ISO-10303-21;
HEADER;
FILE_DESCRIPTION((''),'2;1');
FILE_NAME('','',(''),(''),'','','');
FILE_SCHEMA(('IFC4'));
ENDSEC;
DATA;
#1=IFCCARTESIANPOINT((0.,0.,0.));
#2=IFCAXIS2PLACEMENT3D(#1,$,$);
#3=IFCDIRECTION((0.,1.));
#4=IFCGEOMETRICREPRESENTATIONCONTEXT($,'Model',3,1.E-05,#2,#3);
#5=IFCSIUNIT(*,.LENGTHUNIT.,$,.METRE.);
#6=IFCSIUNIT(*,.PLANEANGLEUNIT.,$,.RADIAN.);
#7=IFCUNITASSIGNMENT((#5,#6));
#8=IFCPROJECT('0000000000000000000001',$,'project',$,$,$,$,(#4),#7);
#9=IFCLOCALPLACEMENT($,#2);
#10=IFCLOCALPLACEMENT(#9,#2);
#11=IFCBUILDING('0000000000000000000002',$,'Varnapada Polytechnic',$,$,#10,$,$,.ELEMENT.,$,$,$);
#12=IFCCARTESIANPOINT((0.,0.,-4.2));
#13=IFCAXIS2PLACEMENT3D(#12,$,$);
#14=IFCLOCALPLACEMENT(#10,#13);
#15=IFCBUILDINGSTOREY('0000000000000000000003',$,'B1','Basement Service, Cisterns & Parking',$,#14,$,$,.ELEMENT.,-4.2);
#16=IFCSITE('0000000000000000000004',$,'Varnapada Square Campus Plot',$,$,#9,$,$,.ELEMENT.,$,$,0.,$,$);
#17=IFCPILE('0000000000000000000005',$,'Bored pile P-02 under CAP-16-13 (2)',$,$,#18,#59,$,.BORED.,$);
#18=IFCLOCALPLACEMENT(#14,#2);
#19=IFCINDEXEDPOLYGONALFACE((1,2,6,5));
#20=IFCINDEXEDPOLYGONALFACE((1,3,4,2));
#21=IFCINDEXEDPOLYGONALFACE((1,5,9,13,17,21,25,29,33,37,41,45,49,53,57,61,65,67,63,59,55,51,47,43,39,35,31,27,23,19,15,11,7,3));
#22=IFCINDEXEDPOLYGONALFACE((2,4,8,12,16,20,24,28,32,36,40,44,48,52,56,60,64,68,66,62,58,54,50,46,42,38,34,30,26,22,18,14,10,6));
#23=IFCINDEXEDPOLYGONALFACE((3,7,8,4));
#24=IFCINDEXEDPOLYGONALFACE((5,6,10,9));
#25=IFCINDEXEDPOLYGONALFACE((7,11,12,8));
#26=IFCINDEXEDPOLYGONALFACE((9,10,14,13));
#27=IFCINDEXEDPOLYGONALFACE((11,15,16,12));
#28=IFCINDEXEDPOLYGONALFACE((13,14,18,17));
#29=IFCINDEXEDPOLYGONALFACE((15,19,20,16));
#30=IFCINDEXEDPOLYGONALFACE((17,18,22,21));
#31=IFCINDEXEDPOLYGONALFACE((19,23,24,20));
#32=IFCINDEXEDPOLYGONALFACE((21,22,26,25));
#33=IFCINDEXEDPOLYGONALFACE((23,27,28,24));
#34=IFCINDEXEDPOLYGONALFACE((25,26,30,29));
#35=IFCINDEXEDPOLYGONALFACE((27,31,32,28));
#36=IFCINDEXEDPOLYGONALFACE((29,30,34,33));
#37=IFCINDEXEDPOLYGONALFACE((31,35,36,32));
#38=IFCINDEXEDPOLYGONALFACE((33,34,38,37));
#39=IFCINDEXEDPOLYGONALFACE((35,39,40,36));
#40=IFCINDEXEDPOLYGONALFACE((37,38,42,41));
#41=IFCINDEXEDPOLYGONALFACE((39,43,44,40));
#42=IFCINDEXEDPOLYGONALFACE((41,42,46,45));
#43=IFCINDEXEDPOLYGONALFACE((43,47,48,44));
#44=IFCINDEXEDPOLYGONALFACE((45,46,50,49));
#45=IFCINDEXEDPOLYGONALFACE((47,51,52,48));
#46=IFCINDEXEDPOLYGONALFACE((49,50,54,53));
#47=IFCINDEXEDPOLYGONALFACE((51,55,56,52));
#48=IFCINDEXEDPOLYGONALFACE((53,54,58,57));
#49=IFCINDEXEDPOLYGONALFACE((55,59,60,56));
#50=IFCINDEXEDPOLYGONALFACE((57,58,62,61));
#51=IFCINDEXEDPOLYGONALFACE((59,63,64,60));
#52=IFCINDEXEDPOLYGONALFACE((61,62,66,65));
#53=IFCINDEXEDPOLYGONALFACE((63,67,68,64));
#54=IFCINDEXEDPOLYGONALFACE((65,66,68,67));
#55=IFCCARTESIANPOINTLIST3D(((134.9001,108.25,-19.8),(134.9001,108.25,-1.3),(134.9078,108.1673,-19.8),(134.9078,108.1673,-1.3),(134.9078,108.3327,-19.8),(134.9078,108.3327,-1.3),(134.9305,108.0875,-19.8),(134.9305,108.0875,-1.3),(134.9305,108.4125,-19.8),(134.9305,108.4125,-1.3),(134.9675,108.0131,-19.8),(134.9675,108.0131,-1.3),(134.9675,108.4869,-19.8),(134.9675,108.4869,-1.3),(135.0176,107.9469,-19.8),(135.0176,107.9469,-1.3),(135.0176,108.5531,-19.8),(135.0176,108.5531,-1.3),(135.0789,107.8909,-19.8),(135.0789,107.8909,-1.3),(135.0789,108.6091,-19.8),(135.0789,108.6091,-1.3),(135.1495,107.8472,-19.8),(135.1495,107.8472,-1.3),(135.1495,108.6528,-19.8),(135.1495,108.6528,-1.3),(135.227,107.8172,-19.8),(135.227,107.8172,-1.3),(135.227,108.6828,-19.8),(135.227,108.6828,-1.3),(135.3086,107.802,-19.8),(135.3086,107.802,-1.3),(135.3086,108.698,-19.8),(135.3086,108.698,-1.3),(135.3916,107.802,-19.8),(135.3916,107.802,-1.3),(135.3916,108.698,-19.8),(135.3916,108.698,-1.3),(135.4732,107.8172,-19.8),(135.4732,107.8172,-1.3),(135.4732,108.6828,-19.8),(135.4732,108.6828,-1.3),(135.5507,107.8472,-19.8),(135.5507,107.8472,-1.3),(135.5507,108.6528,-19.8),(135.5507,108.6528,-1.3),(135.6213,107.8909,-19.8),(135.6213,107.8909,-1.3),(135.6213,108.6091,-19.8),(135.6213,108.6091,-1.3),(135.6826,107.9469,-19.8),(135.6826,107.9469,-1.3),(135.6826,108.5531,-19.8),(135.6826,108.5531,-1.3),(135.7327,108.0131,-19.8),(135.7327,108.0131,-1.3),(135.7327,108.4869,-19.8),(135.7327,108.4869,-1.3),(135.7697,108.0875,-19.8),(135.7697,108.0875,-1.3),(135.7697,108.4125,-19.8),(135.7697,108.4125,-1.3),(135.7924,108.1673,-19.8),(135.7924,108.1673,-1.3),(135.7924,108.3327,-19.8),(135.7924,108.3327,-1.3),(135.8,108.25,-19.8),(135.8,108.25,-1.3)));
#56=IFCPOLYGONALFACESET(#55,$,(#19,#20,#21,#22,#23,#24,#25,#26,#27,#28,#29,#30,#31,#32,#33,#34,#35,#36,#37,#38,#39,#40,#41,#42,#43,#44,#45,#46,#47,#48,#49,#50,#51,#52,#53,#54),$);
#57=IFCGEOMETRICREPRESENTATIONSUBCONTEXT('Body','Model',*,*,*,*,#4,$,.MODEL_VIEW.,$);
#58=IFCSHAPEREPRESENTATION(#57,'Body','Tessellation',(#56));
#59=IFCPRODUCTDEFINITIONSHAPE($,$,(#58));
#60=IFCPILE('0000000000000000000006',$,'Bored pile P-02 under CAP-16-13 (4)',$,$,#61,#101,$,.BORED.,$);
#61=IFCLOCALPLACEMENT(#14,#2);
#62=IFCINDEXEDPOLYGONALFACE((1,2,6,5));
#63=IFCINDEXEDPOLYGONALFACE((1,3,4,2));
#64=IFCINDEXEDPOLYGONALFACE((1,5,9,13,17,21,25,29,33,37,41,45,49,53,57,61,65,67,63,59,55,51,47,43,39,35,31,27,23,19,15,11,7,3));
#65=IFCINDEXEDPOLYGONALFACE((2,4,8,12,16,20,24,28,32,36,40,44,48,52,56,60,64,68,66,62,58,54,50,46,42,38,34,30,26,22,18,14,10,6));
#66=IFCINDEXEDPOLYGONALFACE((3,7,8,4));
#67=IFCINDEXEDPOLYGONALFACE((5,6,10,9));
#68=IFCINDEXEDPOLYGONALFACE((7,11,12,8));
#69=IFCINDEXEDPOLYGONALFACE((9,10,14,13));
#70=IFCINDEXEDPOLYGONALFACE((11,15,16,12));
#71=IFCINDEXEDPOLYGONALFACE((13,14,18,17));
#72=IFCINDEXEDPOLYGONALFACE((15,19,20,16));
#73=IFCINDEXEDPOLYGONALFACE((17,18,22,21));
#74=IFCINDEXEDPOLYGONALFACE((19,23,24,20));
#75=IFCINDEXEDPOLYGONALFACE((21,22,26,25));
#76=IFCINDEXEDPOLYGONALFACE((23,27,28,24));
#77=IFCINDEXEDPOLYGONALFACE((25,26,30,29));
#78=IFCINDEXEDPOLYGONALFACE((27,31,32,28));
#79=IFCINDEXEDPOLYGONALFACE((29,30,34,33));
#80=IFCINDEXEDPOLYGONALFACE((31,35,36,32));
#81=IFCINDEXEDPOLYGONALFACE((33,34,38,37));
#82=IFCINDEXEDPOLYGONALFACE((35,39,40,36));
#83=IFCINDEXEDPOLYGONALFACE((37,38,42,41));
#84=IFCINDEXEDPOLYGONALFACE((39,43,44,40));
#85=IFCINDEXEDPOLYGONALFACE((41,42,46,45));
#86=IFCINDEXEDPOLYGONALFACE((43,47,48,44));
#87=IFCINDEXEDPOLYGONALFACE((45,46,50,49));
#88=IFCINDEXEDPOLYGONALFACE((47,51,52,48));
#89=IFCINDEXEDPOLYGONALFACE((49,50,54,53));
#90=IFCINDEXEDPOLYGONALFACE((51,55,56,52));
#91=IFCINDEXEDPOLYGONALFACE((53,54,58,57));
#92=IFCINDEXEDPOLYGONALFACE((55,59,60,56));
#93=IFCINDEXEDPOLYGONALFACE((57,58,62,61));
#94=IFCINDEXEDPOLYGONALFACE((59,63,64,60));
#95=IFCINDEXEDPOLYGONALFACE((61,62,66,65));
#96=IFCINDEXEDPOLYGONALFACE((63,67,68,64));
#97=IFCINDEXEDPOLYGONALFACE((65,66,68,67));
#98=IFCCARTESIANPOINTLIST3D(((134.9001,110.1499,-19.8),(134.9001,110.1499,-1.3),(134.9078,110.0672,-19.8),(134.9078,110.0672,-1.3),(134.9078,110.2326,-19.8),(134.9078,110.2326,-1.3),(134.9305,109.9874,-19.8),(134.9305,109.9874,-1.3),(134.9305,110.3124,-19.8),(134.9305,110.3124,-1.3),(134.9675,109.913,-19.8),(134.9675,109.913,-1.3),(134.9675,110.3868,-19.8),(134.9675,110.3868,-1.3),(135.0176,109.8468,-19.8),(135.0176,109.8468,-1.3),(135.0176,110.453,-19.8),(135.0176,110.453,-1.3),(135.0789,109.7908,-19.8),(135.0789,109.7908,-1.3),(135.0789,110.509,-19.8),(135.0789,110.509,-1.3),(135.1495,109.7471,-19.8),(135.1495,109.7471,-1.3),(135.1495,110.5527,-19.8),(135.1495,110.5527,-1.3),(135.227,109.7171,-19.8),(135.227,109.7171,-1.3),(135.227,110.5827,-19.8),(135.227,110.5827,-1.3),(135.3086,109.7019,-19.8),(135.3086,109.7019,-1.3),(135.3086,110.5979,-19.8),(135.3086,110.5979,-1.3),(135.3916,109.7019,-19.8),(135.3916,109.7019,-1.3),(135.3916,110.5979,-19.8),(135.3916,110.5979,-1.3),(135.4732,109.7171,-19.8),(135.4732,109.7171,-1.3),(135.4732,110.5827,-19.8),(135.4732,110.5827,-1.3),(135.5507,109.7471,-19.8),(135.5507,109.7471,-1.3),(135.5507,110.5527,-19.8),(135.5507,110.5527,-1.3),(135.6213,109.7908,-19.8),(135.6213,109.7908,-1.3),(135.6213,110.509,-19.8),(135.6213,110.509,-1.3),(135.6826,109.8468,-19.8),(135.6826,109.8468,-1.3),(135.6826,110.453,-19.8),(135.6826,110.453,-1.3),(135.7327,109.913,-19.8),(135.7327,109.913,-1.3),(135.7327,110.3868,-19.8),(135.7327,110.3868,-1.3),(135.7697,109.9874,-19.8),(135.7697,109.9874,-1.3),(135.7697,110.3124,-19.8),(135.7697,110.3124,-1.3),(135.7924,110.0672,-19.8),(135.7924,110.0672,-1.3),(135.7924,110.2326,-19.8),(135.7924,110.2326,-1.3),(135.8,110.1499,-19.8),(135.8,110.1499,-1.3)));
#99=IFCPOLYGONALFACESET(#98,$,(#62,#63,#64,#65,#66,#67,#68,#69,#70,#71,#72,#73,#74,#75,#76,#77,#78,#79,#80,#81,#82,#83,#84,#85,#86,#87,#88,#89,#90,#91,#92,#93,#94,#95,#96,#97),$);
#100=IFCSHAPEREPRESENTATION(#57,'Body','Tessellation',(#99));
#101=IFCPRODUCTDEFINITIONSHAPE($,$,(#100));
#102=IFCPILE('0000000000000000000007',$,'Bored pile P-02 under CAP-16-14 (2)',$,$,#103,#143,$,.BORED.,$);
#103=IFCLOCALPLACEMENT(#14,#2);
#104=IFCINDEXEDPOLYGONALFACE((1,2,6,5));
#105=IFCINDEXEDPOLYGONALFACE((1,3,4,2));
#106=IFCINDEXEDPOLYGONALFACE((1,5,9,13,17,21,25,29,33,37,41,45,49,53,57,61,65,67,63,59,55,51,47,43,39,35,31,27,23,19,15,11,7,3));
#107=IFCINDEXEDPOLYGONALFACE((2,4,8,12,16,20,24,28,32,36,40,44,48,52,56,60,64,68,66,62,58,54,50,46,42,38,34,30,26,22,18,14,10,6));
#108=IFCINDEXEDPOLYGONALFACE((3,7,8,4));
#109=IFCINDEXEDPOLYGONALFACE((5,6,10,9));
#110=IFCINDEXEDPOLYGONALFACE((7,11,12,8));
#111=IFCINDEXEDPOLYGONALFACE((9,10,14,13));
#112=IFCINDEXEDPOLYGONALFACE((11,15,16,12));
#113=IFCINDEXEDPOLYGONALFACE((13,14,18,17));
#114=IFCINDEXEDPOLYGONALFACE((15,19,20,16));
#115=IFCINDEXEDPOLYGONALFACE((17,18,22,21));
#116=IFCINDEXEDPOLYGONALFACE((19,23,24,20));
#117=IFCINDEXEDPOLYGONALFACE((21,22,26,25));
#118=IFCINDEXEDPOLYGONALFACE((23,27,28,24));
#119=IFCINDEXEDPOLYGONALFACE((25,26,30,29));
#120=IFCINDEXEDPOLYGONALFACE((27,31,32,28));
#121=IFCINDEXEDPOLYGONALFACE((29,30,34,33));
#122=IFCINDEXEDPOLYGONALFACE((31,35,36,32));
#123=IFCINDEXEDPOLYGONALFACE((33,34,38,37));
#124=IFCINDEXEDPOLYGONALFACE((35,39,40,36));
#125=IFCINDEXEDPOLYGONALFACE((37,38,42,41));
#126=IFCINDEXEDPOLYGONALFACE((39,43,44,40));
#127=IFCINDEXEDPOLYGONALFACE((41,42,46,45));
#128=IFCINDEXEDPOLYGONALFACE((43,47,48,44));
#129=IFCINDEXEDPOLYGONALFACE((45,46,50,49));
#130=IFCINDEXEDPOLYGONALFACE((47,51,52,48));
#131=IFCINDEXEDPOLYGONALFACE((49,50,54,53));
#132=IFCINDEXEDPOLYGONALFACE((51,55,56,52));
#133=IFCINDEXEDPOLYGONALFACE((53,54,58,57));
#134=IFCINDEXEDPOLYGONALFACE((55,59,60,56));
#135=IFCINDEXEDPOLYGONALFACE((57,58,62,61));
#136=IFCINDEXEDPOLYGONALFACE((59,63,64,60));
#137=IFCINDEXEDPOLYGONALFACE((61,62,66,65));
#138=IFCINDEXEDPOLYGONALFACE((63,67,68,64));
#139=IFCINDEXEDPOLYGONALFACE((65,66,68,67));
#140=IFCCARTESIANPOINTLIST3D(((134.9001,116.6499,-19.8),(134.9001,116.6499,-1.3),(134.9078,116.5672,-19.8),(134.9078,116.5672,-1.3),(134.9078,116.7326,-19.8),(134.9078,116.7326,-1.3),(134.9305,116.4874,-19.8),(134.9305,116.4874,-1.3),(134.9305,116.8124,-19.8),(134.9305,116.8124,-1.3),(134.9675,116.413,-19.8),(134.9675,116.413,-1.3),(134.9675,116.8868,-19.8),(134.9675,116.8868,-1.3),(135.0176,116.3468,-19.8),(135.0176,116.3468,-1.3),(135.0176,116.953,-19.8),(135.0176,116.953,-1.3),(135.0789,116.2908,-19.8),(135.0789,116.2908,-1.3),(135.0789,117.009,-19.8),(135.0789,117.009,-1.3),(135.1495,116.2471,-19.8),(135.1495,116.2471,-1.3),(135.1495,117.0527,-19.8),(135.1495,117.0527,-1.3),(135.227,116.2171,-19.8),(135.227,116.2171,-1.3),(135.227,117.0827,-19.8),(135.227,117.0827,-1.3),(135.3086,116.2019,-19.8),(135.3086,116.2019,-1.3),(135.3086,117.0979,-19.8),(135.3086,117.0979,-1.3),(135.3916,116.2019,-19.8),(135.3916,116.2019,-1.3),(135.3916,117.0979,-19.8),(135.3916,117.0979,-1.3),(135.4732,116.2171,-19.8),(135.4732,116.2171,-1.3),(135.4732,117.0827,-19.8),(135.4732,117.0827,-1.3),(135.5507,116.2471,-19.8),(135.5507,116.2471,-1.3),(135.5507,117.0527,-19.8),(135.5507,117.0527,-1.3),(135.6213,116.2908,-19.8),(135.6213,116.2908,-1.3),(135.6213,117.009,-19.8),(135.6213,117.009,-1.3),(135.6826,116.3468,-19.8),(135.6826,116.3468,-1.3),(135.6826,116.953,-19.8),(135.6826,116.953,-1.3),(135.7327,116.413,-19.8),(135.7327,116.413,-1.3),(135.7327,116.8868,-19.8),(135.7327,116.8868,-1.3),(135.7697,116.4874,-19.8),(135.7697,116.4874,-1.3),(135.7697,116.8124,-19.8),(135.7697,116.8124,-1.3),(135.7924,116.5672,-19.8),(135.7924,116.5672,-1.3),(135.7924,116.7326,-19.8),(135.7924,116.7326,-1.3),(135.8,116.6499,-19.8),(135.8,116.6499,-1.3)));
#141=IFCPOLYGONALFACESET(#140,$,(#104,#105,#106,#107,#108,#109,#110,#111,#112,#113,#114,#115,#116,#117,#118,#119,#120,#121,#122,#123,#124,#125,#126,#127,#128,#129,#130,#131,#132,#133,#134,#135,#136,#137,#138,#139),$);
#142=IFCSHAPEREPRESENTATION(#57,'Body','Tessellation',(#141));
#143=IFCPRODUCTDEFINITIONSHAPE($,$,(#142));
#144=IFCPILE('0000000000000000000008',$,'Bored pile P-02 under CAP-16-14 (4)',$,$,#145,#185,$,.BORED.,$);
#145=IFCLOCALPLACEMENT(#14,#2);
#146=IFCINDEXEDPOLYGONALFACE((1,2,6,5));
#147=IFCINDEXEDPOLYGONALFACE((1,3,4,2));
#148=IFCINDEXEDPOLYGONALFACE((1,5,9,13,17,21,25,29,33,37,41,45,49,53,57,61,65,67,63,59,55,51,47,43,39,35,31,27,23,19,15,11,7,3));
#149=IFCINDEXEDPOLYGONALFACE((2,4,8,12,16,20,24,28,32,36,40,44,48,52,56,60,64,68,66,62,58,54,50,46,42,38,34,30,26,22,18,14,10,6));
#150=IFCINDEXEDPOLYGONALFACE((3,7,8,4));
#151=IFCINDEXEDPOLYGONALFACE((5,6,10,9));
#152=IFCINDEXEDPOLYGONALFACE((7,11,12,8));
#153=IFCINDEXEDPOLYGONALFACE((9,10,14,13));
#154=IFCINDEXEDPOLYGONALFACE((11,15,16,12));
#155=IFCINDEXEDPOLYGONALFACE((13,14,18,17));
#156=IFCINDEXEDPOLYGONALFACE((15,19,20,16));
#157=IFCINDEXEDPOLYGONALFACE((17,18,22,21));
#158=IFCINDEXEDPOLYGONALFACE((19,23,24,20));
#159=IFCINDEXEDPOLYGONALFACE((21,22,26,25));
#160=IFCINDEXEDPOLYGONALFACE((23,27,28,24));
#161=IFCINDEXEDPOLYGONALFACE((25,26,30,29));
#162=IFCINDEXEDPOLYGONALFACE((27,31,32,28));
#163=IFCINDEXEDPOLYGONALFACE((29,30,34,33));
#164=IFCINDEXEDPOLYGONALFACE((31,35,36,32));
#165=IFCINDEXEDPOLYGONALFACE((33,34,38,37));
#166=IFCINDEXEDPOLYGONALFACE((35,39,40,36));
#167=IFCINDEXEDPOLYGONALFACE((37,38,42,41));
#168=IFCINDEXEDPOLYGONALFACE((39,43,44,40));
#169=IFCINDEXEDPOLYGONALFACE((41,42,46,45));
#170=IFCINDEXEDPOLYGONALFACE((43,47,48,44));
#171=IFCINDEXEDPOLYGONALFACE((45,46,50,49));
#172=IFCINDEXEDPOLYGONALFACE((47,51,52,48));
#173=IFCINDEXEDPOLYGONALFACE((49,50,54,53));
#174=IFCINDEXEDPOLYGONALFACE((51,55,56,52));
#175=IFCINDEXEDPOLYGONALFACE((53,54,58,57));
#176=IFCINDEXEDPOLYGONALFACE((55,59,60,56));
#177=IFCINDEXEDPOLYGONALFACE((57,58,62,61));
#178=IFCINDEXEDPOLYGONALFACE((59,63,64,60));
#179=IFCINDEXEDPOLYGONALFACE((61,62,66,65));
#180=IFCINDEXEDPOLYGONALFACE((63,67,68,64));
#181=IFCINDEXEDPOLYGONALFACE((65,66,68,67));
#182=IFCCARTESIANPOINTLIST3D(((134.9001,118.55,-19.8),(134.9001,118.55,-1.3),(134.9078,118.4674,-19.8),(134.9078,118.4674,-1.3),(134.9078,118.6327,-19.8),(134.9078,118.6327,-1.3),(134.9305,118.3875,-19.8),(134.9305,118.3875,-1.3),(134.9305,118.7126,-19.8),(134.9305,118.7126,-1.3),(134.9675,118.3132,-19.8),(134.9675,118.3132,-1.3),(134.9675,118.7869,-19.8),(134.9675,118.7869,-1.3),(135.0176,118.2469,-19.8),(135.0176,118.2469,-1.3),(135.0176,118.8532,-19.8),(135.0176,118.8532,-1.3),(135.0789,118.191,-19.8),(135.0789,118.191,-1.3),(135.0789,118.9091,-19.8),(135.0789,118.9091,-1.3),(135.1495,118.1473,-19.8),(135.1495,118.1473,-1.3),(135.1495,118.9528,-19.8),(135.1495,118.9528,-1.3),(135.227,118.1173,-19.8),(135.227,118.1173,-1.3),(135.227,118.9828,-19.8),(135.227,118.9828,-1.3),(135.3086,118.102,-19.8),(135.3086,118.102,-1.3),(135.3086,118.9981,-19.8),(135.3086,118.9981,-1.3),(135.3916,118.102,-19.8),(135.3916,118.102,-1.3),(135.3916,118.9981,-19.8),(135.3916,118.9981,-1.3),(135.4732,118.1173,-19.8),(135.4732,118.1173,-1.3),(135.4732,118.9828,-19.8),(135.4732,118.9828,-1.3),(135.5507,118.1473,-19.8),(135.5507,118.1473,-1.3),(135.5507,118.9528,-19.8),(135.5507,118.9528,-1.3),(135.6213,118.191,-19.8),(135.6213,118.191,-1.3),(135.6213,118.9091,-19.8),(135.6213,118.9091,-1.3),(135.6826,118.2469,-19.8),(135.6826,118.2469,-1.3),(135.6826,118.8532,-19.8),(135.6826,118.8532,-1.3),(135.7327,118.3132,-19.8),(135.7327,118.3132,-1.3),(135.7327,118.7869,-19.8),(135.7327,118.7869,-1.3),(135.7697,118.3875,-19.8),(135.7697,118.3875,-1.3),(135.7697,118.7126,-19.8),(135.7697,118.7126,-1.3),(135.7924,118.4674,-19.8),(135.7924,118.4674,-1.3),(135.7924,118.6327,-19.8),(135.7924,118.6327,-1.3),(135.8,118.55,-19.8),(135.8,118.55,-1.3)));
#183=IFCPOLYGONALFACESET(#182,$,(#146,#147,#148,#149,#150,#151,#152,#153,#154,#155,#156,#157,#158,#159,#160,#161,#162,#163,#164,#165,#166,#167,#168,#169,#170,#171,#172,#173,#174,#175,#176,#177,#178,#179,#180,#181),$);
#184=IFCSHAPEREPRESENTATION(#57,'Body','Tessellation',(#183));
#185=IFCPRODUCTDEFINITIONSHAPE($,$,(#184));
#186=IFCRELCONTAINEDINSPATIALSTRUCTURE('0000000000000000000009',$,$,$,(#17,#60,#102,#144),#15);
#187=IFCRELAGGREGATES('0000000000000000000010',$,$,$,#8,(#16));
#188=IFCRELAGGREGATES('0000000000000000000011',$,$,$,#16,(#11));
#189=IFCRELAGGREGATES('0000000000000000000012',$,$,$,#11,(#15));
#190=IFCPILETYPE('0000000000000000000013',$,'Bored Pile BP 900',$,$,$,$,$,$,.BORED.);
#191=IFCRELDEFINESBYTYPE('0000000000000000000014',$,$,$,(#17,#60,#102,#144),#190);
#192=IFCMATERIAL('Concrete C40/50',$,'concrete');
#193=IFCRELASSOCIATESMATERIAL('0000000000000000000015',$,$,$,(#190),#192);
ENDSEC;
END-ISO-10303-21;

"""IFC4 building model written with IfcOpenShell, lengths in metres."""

from ifc_helpers import new_model, si_unit, direction, frame, origin, origin_2d, place, context, subcontext, project, spatial, circle, extrude, material, material_profile, profile_set, type_object, element, save


model = new_model("IFC4")

# Units and contexts
model_context = context("Model", 3, precision=1e-05, world=origin(), true_north=direction((0.0, 1.0)))
body_context = subcontext(model_context, "Body", "Model", "MODEL_VIEW")
ifc_project = project(units=[si_unit("LENGTHUNIT", "METRE"), si_unit("PLANEANGLEUNIT", "RADIAN")], contexts=[model_context])

# Site, building, storey
site_placement = place(None, origin())
site = spatial("IfcSite", under=ifc_project, at=site_placement, Name="Varnapada Square Campus Plot", CompositionType="ELEMENT", RefElevation=0.0)
building_placement = place(site_placement, origin())
building = spatial("IfcBuilding", under=site, at=building_placement, Name="Varnapada Polytechnic", CompositionType="ELEMENT")
storey_placement = place(building_placement, frame((0.0, 0.0, -4.2)))
storey = spatial("IfcBuildingStorey", under=building, at=storey_placement, Name="B1", Description="Basement Service, Cisterns & Parking", CompositionType="ELEMENT", Elevation=-4.2)

# Piles
ifc_material_1 = material(Name="Concrete C40/50", Category="concrete")
ifc_material_profile_1 = material_profile(ifc_material_1, circle(Radius=0.45, at=origin_2d()), Name="BP 900")
ifc_profile_set_1 = profile_set([ifc_material_profile_1], Name="Concrete C40/50")
pile_type = type_object("IfcPileType", Name="Bored Pile BP 900", PredefinedType="BORED", material=ifc_profile_set_1)
for number, where, z_axis, x_axis, name in (
    (1, (135.3501, 108.25, -1.3), (0.0, 0.0, -1.0), (1.0, 0.0, 0.0), "Bored pile P-02 under CAP-16-13 (2)"),
    (2, (135.3501, 110.1499, -1.3), (0.0, 0.0, -1.0), (1.0, 0.0, 0.0), "Bored pile P-02 under CAP-16-13 (4)"),
    (3, (135.3501, 116.6499, -1.3), (0.0, 0.0, -1.0), (1.0, 0.0, 0.0), "Bored pile P-02 under CAP-16-14 (2)"),
    (4, (135.3501, 118.55, -1.3), (0.0, 0.0, -1.0), (1.0, 0.0, 0.0), "Bored pile P-02 under CAP-16-14 (4)"),
):
    element("IfcPile", number, at=place(storey_placement, frame(where, z_axis=z_axis, x_axis=x_axis)), inside=storey, type_object=pile_type, Name=name, PredefinedType="BORED", context=body_context, shape_type="SweptSolid", body=[
        extrude(circle(Radius=0.45, at=origin_2d()), origin(), (0.0, 0.0, 1.0), 18.5),
    ])

save(model, "model.ifc")
